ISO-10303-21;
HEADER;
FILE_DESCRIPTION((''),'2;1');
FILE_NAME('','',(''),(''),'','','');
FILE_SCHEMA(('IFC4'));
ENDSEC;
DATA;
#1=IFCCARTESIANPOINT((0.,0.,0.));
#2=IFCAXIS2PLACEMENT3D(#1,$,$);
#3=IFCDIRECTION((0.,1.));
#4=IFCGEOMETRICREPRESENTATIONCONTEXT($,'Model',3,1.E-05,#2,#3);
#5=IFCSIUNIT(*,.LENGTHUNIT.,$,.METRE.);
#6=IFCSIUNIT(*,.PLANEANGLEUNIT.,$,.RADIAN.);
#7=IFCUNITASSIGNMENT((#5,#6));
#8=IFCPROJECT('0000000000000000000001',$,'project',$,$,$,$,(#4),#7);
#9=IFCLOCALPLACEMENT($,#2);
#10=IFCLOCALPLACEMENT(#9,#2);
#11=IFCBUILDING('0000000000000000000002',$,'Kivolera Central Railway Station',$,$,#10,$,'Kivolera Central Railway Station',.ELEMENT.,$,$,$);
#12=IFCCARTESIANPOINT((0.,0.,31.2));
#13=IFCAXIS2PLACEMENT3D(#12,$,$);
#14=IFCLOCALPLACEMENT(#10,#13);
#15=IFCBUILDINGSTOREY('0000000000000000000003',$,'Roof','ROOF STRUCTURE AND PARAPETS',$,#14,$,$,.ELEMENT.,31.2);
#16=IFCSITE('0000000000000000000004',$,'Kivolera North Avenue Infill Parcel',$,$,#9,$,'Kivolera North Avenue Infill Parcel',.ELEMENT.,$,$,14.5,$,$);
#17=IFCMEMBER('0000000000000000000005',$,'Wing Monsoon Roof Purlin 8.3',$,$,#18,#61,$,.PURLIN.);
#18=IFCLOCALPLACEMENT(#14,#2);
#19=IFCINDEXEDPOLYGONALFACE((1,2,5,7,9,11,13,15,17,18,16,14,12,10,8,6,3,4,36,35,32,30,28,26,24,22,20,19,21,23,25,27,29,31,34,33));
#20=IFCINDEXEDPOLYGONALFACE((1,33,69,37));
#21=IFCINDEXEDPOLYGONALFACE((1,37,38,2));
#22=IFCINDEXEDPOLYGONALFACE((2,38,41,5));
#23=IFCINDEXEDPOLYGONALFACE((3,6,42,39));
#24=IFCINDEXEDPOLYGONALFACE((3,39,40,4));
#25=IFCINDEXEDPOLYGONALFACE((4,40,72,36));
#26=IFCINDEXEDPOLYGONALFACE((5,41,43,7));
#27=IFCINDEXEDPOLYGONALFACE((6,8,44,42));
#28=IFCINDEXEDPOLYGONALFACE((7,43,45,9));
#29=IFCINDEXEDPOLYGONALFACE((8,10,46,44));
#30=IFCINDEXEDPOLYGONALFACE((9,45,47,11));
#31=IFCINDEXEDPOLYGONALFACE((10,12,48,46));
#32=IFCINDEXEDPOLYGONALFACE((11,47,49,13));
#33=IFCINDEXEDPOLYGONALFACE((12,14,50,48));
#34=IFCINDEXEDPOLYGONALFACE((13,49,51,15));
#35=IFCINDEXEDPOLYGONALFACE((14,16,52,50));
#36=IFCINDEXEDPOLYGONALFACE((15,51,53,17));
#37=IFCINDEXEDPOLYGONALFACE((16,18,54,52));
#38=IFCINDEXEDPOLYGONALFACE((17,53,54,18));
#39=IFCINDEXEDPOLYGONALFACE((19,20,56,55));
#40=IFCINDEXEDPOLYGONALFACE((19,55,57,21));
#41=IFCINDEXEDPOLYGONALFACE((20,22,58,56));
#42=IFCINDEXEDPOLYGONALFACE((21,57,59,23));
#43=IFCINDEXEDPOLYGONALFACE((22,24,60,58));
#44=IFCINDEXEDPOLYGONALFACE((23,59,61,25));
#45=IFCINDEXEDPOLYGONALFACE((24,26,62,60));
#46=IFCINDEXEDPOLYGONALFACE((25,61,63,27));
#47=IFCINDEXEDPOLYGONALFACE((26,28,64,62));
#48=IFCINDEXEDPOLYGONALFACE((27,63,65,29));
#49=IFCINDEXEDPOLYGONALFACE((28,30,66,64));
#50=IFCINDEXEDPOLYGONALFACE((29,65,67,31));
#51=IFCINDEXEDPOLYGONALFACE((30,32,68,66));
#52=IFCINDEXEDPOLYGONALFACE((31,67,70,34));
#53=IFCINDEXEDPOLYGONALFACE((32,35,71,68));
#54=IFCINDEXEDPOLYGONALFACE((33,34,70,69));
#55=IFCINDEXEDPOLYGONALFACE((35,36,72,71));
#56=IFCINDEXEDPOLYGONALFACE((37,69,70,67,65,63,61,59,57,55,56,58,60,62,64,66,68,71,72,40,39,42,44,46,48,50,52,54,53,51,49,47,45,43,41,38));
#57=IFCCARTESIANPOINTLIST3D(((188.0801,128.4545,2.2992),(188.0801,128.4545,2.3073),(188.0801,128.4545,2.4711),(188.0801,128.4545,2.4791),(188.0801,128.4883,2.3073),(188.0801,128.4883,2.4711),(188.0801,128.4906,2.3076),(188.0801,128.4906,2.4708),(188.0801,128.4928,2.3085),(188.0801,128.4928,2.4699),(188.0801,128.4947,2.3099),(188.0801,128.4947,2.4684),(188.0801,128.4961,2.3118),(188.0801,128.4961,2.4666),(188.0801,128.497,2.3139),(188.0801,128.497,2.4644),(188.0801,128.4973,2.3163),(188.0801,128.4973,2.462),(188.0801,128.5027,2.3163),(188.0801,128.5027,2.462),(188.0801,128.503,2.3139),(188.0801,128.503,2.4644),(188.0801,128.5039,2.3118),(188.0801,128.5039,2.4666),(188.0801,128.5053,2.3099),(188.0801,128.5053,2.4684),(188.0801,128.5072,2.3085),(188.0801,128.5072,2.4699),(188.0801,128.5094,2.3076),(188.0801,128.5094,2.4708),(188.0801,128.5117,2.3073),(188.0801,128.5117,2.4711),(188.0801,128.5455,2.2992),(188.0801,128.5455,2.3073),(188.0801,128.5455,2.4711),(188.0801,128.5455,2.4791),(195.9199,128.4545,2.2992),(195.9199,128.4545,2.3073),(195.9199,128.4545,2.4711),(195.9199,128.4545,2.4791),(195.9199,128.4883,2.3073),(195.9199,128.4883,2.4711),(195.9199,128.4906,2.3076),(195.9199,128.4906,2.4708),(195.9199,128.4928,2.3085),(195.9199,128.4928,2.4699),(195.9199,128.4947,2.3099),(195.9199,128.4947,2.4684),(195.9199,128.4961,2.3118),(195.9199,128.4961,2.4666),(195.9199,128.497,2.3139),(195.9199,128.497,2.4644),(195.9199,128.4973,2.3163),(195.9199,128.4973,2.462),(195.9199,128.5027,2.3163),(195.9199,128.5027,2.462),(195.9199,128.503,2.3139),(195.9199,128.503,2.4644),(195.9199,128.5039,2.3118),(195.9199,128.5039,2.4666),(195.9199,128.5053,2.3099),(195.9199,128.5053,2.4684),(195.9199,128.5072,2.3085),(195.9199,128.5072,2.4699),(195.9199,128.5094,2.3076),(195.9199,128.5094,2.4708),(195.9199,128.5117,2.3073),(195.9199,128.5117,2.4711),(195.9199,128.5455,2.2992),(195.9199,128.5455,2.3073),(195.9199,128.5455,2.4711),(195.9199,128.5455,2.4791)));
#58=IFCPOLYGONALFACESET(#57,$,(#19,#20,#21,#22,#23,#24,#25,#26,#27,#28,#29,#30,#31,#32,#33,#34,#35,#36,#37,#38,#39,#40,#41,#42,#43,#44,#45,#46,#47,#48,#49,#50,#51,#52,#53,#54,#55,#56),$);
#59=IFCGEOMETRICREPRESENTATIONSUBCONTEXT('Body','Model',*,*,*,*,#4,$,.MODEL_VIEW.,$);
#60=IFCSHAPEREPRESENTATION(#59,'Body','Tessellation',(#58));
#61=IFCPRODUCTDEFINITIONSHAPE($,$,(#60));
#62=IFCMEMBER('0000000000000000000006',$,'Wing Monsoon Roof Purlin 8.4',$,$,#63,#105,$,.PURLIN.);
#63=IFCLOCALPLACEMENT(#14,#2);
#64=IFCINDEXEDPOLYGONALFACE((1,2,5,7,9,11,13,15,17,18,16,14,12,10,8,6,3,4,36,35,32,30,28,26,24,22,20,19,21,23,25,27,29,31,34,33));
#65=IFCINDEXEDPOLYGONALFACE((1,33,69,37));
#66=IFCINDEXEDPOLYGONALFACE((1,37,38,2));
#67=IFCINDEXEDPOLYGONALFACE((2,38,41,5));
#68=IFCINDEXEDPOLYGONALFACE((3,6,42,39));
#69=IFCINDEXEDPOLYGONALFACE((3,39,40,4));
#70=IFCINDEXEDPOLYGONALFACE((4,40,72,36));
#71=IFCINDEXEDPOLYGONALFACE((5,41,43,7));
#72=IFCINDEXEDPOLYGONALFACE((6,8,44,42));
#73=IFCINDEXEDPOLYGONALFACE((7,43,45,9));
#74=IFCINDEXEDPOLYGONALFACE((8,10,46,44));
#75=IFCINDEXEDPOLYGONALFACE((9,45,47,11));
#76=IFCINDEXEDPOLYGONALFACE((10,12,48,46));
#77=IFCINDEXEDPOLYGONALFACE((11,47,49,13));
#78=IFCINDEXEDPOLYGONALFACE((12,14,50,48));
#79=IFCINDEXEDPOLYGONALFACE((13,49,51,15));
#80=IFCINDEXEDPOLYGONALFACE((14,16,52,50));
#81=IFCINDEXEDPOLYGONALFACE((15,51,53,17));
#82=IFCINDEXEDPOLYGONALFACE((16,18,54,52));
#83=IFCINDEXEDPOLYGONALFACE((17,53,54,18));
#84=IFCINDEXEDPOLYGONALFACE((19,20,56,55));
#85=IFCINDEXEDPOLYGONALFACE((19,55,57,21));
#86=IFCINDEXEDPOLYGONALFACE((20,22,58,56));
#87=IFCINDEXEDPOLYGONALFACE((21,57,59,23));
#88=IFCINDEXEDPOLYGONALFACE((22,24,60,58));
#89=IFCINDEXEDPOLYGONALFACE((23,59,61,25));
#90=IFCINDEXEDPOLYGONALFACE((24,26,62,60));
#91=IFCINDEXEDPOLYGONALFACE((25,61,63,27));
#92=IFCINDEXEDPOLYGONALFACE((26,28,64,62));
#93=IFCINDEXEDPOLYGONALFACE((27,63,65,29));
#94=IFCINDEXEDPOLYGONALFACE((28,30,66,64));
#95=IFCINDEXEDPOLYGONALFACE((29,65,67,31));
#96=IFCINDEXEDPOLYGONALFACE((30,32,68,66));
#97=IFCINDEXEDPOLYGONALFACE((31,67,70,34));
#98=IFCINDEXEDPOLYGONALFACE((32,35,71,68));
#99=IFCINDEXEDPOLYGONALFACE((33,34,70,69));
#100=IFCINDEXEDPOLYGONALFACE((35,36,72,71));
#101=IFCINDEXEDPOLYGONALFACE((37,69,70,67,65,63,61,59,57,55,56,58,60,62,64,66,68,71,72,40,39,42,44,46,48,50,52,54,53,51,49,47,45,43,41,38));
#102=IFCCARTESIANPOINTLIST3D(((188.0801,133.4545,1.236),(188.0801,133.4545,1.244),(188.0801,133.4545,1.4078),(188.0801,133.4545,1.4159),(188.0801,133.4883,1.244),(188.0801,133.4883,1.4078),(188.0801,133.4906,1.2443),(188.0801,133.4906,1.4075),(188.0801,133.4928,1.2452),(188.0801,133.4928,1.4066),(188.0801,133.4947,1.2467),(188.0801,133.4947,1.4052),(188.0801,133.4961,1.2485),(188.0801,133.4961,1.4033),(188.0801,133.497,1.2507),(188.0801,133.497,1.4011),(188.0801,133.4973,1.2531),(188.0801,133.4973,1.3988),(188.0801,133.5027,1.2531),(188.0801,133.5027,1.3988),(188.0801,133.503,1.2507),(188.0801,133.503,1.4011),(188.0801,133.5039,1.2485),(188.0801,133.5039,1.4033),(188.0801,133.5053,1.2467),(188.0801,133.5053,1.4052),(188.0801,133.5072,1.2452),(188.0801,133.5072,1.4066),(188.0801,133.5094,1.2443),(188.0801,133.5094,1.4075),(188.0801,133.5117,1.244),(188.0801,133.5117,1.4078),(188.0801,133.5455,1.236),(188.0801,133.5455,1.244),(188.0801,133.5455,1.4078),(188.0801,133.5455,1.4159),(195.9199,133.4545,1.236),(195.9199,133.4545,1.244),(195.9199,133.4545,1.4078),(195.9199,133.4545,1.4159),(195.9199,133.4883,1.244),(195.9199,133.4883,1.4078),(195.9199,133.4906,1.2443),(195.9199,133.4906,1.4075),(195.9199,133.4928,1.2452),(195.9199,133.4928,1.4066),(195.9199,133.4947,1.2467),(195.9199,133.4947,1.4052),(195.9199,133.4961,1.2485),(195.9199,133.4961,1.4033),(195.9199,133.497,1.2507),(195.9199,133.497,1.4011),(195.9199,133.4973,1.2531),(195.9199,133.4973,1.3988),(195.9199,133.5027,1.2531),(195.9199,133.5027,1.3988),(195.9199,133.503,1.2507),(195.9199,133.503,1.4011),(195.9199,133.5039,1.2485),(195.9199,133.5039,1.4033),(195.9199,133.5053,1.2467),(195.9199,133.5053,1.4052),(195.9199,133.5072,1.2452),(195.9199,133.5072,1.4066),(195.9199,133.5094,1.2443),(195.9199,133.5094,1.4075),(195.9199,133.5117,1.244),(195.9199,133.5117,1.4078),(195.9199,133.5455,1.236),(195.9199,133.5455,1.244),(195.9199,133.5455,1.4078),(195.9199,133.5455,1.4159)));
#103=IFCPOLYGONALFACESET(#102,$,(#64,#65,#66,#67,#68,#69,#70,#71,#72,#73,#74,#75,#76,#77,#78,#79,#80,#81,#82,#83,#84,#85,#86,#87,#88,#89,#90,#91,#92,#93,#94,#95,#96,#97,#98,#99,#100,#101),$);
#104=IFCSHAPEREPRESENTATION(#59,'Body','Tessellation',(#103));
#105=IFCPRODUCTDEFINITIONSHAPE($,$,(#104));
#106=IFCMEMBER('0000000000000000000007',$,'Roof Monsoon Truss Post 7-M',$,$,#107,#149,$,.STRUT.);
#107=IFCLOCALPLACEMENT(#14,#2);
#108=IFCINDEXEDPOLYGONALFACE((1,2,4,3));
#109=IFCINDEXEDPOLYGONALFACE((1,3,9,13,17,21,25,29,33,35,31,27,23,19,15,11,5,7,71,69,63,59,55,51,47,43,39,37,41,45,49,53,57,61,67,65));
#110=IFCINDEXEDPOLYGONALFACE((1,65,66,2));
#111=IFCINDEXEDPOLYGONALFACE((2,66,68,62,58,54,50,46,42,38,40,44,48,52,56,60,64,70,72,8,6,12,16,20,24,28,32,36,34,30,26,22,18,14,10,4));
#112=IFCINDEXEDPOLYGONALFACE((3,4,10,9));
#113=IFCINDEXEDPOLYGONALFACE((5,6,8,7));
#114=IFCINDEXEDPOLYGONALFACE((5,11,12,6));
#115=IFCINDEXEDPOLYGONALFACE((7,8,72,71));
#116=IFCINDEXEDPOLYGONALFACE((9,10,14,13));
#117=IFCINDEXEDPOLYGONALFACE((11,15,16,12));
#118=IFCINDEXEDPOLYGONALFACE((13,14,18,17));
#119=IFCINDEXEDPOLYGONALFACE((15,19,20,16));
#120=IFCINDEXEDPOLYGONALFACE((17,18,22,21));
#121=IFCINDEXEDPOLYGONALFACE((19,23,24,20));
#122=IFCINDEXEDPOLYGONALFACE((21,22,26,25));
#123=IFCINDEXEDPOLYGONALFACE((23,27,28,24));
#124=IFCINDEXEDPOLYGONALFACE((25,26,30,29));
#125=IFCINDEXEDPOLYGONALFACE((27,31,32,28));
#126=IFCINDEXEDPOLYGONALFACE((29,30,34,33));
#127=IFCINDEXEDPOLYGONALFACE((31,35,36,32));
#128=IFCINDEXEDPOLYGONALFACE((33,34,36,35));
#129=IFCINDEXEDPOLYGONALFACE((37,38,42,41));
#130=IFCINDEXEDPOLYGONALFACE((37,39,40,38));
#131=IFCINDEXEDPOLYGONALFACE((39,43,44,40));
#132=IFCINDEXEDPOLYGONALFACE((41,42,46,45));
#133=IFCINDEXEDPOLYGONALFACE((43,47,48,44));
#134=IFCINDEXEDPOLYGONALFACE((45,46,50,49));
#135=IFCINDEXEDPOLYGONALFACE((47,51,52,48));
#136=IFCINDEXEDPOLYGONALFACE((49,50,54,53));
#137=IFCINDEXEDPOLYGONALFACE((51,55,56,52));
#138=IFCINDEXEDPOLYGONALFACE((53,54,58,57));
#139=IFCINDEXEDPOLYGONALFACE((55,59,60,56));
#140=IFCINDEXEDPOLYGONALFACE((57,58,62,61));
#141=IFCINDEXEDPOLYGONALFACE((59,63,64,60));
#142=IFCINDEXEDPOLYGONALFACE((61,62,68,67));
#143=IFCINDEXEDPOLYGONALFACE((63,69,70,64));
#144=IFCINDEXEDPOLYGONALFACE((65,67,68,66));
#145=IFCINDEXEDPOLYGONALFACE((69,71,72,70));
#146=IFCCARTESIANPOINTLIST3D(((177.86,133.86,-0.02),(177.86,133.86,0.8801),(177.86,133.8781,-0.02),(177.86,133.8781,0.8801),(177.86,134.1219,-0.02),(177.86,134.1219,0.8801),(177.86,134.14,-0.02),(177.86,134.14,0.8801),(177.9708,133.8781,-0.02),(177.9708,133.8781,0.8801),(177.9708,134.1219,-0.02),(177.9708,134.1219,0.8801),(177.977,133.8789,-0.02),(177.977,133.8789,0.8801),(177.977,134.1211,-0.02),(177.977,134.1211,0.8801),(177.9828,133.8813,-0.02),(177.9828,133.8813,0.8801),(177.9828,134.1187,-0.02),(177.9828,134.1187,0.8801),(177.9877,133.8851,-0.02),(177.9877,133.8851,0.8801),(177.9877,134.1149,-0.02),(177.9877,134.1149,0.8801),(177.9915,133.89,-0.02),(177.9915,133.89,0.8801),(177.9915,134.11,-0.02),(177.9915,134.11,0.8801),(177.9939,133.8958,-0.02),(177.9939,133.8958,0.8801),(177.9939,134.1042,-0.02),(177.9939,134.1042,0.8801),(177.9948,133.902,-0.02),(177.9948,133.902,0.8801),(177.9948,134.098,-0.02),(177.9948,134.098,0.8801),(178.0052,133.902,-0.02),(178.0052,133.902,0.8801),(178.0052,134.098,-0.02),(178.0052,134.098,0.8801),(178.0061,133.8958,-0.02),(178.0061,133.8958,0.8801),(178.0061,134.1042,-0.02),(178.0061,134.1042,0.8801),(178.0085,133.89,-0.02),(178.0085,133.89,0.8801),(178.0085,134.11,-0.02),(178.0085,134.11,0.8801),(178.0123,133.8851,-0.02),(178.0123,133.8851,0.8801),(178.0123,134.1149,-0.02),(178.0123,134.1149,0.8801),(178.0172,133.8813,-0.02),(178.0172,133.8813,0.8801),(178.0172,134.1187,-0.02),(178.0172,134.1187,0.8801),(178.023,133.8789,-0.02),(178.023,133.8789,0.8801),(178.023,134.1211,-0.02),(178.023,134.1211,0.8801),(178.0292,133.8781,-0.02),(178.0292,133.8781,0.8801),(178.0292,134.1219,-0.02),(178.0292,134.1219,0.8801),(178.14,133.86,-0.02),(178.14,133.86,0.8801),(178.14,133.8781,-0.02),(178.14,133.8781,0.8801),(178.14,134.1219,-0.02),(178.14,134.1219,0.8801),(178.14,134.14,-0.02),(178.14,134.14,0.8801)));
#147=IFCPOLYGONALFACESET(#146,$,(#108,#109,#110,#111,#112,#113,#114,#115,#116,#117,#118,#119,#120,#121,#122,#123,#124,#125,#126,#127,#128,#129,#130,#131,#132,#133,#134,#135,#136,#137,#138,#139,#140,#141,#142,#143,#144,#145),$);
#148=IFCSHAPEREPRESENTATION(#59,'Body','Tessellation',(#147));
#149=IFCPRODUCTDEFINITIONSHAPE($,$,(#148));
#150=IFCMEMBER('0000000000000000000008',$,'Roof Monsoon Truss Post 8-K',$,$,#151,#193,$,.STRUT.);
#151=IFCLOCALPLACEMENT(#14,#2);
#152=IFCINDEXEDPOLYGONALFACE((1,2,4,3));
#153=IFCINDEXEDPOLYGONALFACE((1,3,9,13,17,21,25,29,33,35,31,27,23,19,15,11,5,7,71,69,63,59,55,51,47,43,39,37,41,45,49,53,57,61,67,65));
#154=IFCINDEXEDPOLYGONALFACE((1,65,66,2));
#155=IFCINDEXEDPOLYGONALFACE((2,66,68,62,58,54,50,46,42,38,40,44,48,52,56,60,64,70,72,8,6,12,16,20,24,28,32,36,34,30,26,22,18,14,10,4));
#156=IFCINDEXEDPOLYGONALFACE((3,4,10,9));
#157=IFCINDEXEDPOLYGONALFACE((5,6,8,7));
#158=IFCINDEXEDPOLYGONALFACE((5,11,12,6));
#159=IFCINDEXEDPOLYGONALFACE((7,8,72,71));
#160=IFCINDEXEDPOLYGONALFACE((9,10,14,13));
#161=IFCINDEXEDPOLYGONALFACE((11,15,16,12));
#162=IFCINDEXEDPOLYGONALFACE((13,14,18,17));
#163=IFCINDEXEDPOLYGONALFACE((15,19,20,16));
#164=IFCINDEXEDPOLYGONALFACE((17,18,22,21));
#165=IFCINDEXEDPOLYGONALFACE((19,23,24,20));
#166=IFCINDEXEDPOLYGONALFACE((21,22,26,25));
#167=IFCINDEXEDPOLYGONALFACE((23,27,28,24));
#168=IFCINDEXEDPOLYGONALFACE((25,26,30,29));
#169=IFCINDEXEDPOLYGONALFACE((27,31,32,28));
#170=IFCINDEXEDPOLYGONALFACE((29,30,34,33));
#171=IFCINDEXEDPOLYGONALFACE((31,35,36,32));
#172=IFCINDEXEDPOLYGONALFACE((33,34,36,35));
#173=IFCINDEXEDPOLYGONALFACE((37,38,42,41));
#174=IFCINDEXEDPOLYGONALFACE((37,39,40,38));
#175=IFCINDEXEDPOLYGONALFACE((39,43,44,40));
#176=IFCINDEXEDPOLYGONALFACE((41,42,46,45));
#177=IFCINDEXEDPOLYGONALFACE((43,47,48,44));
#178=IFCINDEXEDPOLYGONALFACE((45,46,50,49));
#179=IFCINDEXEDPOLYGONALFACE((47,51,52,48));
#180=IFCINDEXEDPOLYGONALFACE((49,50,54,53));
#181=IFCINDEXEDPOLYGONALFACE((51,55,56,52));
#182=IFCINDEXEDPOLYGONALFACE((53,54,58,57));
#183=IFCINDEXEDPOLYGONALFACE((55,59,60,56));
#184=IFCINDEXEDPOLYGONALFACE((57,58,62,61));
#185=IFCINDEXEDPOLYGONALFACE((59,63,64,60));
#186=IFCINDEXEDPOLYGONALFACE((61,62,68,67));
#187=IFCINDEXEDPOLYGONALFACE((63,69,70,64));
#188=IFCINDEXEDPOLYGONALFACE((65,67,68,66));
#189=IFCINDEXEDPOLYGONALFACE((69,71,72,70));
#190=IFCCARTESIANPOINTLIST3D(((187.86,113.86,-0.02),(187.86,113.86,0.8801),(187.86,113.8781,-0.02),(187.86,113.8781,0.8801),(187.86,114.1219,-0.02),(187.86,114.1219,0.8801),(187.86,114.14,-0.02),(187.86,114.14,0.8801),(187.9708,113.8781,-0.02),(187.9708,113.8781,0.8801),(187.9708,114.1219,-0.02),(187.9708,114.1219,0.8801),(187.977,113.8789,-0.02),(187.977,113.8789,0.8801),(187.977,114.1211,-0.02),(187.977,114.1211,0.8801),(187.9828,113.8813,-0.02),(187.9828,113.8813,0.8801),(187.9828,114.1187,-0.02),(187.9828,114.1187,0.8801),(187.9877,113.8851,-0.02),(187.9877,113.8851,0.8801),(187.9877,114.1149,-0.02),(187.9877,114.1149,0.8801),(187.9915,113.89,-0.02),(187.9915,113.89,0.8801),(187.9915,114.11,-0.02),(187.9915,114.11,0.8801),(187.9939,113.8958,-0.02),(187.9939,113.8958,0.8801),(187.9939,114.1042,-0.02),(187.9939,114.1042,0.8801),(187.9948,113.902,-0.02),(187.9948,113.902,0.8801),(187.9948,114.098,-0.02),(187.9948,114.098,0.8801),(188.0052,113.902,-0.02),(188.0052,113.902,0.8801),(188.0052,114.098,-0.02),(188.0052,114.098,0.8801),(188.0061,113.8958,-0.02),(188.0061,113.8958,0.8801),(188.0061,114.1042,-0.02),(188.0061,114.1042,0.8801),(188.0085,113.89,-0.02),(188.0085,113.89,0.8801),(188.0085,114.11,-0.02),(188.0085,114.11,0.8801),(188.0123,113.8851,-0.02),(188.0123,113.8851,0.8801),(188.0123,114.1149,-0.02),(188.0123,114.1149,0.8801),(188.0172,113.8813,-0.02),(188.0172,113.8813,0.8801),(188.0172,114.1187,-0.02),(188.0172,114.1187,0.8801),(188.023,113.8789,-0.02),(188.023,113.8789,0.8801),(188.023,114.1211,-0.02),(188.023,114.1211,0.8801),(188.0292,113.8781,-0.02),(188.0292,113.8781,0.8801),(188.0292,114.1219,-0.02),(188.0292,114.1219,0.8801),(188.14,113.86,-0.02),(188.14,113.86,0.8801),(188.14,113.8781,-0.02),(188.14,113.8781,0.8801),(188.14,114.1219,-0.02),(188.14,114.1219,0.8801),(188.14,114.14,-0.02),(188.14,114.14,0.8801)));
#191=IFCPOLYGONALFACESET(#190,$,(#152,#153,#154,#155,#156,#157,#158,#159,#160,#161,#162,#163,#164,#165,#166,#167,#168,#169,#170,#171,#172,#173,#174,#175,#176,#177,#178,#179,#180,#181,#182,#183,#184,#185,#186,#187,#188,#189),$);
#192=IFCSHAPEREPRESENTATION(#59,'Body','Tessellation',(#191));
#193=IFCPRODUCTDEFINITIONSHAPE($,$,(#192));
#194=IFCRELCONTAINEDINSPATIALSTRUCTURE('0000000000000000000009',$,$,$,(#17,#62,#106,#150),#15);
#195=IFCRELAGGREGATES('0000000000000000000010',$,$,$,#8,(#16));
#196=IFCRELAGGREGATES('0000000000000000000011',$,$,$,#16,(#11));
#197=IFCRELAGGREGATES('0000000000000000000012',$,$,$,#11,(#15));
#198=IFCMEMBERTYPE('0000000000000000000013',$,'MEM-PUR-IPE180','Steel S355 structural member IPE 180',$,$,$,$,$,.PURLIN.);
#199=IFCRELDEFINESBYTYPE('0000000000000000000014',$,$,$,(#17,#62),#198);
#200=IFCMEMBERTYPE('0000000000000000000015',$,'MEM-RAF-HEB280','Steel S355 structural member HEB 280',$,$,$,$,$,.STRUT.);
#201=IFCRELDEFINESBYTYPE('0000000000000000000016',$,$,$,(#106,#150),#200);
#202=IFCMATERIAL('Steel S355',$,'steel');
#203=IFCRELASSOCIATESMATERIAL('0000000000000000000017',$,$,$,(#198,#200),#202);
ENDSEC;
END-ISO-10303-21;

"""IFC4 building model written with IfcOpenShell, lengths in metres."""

from ifc_helpers import new_model, si_unit, direction, frame, origin, origin_2d, place, context, subcontext, project, spatial, i_section, extrude, material, material_profile, profile_set, type_object, element, save


model = new_model("IFC4")

# Units and contexts
model_context = context("Model", 3, precision=1e-05, world=origin(), true_north=direction((0.0, 1.0)))
body_context = subcontext(model_context, "Body", "Model", "MODEL_VIEW")
ifc_project = project(units=[si_unit("LENGTHUNIT", "METRE"), si_unit("PLANEANGLEUNIT", "RADIAN")], contexts=[model_context])

# Site, building, storey
site_placement = place(None, origin())
site = spatial("IfcSite", under=ifc_project, at=site_placement, Name="Kivolera North Avenue Infill Parcel", LongName="Kivolera North Avenue Infill Parcel", CompositionType="ELEMENT", RefElevation=14.5)
building_placement = place(site_placement, origin())
building = spatial("IfcBuilding", under=site, at=building_placement, Name="Kivolera Central Railway Station", LongName="Kivolera Central Railway Station", CompositionType="ELEMENT")
storey_placement = place(building_placement, frame((0.0, 0.0, 31.2)))
storey = spatial("IfcBuildingStorey", under=building, at=storey_placement, Name="Roof", Description="ROOF STRUCTURE AND PARAPETS", CompositionType="ELEMENT", Elevation=31.2)

# Shared definitions
ifc_material_1 = material(Name="Steel S355", Category="steel")

# Members
ifc_material_profile_1 = material_profile(ifc_material_1, i_section(OverallWidth=0.0911, OverallDepth=0.1799, WebThickness=0.0054, FlangeThickness=0.0081, FilletRadius=0.009, at=origin_2d()), Name="IPE 180")
ifc_profile_set_1 = profile_set([ifc_material_profile_1], Name="Steel S355")
member_type_1 = type_object("IfcMemberType", Name="MEM-PUR-IPE180", Description="Steel S355 structural member IPE 180", PredefinedType="PURLIN", material=ifc_profile_set_1)
for number, where, z_axis, x_axis, name in (
    (1, (188.0801, 128.5, 2.3892), (1.0, 0.0, 0.0), (0.0, 1.0, 0.0), "Wing Monsoon Roof Purlin 8.3"),
    (2, (188.0801, 133.5, 1.3259), (1.0, 0.0, 0.0), (0.0, 1.0, 0.0), "Wing Monsoon Roof Purlin 8.4"),
):
    element("IfcMember", number, at=place(storey_placement, frame(where, z_axis=z_axis, x_axis=x_axis)), inside=storey, type_object=member_type_1, Name=name, PredefinedType="PURLIN", context=body_context, shape_type="SweptSolid", body=[
        extrude(i_section(OverallWidth=0.0911, OverallDepth=0.1799, WebThickness=0.0054, FlangeThickness=0.0081, FilletRadius=0.009, at=origin_2d()), origin(), (0.0, 0.0, 1.0), 7.8398),
    ])
ifc_material_profile_2 = material_profile(ifc_material_1, i_section(OverallWidth=0.28, OverallDepth=0.28, WebThickness=0.0105, FlangeThickness=0.0181, FilletRadius=0.0239, at=origin_2d()), Name="HEB 280")
ifc_profile_set_2 = profile_set([ifc_material_profile_2], Name="Steel S355")
member_type_2 = type_object("IfcMemberType", Name="MEM-RAF-HEB280", Description="Steel S355 structural member HEB 280", PredefinedType="STRUT", material=ifc_profile_set_2)
for number, where, z_axis, x_axis, name in (
    (3, (178.0, 134.0, -0.02), (0.0, 0.0, 1.0), (1.0, 0.0, 0.0), "Roof Monsoon Truss Post 7-M"),
    (4, (188.0, 114.0, -0.02), (0.0, 0.0, 1.0), (1.0, 0.0, 0.0), "Roof Monsoon Truss Post 8-K"),
):
    element("IfcMember", number, at=place(storey_placement, frame(where, z_axis=z_axis, x_axis=x_axis)), inside=storey, type_object=member_type_2, Name=name, PredefinedType="STRUT", context=body_context, shape_type="SweptSolid", body=[
        extrude(i_section(OverallWidth=0.28, OverallDepth=0.28, WebThickness=0.0105, FlangeThickness=0.0181, FilletRadius=0.0239, at=origin_2d()), origin(), (0.0, 0.0, 1.0), 0.9001),
    ])

save(model, "model.ifc")
